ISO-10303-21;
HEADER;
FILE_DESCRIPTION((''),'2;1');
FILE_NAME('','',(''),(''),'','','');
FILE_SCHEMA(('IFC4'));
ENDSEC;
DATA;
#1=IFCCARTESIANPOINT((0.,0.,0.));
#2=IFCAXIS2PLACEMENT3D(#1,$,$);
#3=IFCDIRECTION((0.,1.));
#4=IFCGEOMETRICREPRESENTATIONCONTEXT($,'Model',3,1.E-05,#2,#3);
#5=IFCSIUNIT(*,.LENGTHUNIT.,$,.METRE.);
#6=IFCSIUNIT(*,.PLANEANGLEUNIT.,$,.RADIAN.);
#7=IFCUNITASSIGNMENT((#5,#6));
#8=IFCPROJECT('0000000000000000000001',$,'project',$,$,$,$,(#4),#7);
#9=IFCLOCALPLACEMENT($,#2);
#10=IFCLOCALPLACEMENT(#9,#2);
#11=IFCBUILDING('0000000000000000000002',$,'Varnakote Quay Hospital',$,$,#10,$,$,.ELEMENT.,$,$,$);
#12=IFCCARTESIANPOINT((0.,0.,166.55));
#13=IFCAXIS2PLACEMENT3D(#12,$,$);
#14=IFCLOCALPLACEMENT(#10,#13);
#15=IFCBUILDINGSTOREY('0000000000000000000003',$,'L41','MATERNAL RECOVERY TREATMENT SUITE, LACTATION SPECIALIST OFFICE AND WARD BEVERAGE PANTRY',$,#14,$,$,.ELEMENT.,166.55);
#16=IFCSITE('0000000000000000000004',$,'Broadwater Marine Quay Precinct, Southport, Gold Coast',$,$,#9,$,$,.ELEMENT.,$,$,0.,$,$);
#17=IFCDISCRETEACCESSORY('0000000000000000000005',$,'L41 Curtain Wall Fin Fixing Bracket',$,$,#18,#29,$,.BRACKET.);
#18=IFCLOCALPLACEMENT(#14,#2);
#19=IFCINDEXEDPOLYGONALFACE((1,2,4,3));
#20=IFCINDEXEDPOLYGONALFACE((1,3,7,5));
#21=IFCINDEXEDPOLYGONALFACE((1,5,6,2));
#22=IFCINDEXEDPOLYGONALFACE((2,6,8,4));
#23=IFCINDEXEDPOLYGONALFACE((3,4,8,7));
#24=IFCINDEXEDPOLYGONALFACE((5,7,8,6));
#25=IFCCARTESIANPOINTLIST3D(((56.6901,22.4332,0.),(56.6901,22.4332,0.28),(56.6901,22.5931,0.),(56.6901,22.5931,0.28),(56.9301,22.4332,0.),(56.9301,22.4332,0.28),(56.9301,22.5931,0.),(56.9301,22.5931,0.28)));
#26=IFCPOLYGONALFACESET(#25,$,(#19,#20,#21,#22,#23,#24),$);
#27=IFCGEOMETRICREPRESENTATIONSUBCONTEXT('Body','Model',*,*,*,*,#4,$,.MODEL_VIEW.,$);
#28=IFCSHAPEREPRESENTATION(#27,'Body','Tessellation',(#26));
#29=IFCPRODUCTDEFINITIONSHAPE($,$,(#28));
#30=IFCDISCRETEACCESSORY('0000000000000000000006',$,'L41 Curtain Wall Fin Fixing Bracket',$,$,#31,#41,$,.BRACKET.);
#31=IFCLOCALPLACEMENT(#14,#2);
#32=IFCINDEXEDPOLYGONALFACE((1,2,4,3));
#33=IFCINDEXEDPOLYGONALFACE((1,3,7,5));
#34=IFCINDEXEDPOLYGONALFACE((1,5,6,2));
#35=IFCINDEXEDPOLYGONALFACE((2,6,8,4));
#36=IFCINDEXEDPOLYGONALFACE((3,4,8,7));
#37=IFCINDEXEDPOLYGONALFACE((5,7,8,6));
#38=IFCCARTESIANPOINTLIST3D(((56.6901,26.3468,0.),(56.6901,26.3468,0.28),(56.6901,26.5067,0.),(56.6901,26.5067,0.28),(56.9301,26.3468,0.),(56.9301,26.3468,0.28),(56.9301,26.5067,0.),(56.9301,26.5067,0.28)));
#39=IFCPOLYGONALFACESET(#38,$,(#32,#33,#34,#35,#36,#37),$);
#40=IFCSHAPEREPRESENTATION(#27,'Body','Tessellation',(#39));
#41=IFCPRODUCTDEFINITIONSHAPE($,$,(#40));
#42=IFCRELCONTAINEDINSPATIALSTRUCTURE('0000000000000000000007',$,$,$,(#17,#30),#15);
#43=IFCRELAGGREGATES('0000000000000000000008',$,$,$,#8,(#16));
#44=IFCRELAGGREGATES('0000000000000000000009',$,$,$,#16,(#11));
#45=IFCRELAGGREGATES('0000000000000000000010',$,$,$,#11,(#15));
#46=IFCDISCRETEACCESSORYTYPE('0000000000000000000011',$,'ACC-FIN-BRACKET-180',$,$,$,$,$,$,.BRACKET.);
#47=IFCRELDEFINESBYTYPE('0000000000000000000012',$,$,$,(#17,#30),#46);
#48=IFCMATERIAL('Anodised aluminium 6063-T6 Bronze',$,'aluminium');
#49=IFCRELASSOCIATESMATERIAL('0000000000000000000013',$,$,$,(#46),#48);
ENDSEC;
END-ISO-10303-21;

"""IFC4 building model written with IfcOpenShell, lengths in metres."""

from ifc_helpers import new_model, si_unit, direction, frame, origin, origin_2d, place, context, subcontext, project, spatial, rectangle, extrude, material, type_object, element, save


model = new_model("IFC4")

# Units and contexts
model_context = context("Model", 3, precision=1e-05, world=origin(), true_north=direction((0.0, 1.0)))
body_context = subcontext(model_context, "Body", "Model", "MODEL_VIEW")
ifc_project = project(units=[si_unit("LENGTHUNIT", "METRE"), si_unit("PLANEANGLEUNIT", "RADIAN")], contexts=[model_context])

# Site, building, storey
site_placement = place(None, origin())
site = spatial("IfcSite", under=ifc_project, at=site_placement, Name="Broadwater Marine Quay Precinct, Southport, Gold Coast", CompositionType="ELEMENT", RefElevation=0.0)
building_placement = place(site_placement, origin())
building = spatial("IfcBuilding", under=site, at=building_placement, Name="Varnakote Quay Hospital", CompositionType="ELEMENT")
storey_placement = place(building_placement, frame((0.0, 0.0, 166.55)))
storey = spatial("IfcBuildingStorey", under=building, at=storey_placement, Name="L41", Description="MATERNAL RECOVERY TREATMENT SUITE, LACTATION SPECIALIST OFFICE AND WARD BEVERAGE PANTRY", CompositionType="ELEMENT", Elevation=166.55)

# Discrete accessories
ifc_material_1 = material(Name="Anodised aluminium 6063-T6 Bronze", Category="aluminium")
discrete_accessory_type = type_object("IfcDiscreteAccessoryType", Name="ACC-FIN-BRACKET-180", PredefinedType="BRACKET", material=ifc_material_1)
for number, where, z_axis, x_axis, name in (
    (1, (56.8101, 22.5132, 0.0), (0.0, 0.0, 1.0), (0.0, 1.0, 0.0), "L41 Curtain Wall Fin Fixing Bracket"),
    (2, (56.8101, 26.4268, 0.0), (0.0, 0.0, 1.0), (0.0, 1.0, 0.0), "L41 Curtain Wall Fin Fixing Bracket"),
):
    element("IfcDiscreteAccessory", number, at=place(storey_placement, frame(where, z_axis=z_axis, x_axis=x_axis)), inside=storey, type_object=discrete_accessory_type, Name=name, PredefinedType="BRACKET", context=body_context, shape_type="SweptSolid", body=[
        extrude(rectangle(XDim=0.1599, YDim=0.24, at=origin_2d()), origin(), (0.0, 0.0, 1.0), 0.28),
    ])

save(model, "model.ifc")
